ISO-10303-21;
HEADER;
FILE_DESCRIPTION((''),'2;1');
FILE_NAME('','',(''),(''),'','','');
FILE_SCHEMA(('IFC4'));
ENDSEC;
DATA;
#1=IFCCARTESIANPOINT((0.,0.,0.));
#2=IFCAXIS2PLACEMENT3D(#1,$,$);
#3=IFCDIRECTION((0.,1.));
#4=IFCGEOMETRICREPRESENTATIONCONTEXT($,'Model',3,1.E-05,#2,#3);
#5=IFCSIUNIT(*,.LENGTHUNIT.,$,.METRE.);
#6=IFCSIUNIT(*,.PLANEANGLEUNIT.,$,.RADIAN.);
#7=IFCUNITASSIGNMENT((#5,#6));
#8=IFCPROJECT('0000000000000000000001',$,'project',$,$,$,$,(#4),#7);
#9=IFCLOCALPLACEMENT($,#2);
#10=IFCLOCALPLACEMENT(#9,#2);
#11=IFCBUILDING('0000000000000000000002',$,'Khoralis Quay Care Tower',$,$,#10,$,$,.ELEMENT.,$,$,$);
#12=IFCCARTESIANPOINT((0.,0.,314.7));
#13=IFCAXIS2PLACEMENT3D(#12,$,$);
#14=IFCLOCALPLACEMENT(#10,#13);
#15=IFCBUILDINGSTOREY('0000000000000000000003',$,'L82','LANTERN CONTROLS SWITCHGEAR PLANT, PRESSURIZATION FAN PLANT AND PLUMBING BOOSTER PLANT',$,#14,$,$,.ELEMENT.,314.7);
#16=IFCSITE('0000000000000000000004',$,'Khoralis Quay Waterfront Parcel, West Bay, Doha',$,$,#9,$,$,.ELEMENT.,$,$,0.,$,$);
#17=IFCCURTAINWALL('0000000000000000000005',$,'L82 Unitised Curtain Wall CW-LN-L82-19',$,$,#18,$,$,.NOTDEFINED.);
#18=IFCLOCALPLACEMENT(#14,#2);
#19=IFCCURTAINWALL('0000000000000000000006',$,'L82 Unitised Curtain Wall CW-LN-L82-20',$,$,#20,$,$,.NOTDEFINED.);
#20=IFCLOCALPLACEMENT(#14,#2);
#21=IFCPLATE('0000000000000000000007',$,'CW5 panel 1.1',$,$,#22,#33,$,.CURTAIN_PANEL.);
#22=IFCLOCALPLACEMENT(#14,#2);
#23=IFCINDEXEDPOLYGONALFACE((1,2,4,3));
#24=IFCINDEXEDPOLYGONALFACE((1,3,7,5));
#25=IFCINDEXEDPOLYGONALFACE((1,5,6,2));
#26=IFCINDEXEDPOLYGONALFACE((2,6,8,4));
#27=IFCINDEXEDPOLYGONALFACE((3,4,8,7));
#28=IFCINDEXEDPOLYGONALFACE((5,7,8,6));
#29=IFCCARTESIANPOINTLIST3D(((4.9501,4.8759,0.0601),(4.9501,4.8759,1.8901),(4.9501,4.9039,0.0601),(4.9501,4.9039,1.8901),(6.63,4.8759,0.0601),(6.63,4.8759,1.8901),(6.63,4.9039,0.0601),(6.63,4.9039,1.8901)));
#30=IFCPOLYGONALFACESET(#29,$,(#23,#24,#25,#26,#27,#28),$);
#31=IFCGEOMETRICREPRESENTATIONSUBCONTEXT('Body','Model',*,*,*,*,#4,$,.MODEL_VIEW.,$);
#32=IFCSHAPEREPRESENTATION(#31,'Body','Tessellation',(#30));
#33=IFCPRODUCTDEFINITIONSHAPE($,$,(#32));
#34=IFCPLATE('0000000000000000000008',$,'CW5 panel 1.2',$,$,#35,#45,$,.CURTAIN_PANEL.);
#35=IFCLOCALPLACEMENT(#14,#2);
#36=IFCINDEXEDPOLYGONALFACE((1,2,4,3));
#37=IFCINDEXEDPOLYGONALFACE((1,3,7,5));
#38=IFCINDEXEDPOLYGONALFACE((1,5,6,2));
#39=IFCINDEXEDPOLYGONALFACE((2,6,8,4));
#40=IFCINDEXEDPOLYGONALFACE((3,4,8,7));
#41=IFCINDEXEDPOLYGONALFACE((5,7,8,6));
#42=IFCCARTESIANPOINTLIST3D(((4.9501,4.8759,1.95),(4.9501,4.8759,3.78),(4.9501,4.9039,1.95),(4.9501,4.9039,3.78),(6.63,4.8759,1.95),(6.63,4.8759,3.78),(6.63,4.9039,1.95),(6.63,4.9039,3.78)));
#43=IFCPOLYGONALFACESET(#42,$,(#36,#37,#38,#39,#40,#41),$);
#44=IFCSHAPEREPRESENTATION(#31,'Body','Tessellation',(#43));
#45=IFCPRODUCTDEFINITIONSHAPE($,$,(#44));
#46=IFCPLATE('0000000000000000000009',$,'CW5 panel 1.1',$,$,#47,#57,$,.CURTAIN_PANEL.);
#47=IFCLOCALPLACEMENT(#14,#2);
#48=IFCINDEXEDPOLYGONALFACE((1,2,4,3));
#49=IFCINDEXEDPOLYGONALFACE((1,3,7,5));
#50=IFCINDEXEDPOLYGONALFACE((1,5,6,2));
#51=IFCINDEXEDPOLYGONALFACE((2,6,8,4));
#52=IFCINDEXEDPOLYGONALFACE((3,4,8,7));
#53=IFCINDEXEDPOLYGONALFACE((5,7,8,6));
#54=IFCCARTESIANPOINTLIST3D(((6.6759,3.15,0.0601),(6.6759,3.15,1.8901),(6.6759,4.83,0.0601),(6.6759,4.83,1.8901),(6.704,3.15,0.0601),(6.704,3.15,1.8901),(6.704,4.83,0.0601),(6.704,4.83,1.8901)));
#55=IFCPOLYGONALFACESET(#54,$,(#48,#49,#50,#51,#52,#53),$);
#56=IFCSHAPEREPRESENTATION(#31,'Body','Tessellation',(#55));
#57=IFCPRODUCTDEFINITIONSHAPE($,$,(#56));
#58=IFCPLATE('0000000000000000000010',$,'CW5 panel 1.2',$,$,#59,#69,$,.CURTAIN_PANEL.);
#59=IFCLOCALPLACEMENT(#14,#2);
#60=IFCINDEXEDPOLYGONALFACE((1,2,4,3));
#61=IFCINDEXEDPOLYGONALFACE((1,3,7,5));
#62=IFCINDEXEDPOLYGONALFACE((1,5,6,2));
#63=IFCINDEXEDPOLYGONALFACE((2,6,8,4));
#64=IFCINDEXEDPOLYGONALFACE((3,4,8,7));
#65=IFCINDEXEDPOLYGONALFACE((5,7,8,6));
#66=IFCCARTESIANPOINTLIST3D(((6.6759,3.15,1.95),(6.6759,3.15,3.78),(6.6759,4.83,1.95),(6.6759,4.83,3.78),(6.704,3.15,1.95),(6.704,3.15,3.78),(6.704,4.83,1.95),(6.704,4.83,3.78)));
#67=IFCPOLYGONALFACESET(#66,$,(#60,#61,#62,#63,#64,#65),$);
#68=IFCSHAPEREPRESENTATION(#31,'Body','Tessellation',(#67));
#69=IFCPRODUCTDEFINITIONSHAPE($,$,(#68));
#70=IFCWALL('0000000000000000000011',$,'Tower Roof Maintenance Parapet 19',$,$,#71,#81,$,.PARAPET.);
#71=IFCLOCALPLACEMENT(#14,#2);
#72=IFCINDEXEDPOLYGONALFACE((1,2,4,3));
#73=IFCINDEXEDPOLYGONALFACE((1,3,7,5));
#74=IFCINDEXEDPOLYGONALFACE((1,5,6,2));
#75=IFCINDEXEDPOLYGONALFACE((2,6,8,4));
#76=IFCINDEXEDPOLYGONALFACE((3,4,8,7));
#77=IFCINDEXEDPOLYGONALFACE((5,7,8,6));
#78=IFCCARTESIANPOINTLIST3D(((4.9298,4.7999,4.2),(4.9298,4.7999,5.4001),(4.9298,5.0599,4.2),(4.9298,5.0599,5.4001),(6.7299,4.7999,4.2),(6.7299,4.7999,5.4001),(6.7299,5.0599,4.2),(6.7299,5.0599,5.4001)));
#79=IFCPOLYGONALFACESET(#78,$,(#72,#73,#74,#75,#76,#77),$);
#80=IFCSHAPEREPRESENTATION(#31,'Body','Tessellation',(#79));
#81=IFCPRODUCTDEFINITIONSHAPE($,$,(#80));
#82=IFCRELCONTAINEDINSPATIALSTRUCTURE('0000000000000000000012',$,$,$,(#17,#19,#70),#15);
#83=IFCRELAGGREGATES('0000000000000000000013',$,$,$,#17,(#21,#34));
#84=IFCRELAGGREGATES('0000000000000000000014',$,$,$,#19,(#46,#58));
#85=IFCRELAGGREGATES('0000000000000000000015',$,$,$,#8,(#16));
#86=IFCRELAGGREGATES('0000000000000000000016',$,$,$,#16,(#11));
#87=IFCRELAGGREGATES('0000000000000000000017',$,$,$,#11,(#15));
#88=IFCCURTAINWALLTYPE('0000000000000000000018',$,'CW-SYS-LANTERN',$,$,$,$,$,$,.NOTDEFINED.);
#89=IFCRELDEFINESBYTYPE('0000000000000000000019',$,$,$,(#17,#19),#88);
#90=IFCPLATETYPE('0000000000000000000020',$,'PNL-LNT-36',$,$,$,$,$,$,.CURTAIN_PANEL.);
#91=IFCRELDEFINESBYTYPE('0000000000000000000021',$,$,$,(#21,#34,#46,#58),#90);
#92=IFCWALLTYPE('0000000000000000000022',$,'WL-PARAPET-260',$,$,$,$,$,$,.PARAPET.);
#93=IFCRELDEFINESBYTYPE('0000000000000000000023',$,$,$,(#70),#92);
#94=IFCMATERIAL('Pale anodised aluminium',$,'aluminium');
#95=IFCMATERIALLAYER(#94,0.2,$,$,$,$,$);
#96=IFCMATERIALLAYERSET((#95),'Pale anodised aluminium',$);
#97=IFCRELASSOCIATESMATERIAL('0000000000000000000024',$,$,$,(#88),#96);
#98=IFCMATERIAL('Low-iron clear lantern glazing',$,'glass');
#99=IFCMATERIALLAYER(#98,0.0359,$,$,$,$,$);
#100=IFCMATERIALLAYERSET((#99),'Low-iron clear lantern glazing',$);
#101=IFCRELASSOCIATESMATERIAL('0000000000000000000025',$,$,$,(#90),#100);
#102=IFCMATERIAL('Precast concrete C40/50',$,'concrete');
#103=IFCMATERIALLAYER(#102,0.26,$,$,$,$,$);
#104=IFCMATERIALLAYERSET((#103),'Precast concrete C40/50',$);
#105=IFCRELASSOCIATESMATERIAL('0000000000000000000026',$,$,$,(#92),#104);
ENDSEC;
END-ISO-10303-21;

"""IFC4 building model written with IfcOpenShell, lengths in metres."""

from ifc_helpers import new_model, si_unit, direction, frame, frame_2d, origin, origin_2d, place, context, subcontext, project, spatial, rectangle, extrude, source, transform, mapped, material, layer, layer_set, type_object, element, aggregate, save


model = new_model("IFC4")

# Units and contexts
model_context = context("Model", 3, precision=1e-05, world=origin(), true_north=direction((0.0, 1.0)))
body_context = subcontext(model_context, "Body", "Model", "MODEL_VIEW")
ifc_project = project(units=[si_unit("LENGTHUNIT", "METRE"), si_unit("PLANEANGLEUNIT", "RADIAN")], contexts=[model_context])

# Site, building, storey
site_placement = place(None, origin())
site = spatial("IfcSite", under=ifc_project, at=site_placement, Name="Khoralis Quay Waterfront Parcel, West Bay, Doha", CompositionType="ELEMENT", RefElevation=0.0)
building_placement = place(site_placement, origin())
building = spatial("IfcBuilding", under=site, at=building_placement, Name="Khoralis Quay Care Tower", CompositionType="ELEMENT")
storey_placement = place(building_placement, frame((0.0, 0.0, 314.7)))
storey = spatial("IfcBuildingStorey", under=building, at=storey_placement, Name="L82", Description="LANTERN CONTROLS SWITCHGEAR PLANT, PRESSURIZATION FAN PLANT AND PLUMBING BOOSTER PLANT", CompositionType="ELEMENT", Elevation=314.7)

# Curtain wall
ifc_material_1 = material(Name="Pale anodised aluminium", Category="aluminium")
ifc_layer_1 = layer(ifc_material_1, 0.2)
ifc_layer_set_1 = layer_set([ifc_layer_1], Name="Pale anodised aluminium")
curtain_wall_type = type_object("IfcCurtainWallType", Name="CW-SYS-LANTERN", PredefinedType="NOTDEFINED", material=ifc_layer_set_1)
curtain_wall_1_placement = place(storey_placement, origin())
curtain_wall_1 = element("IfcCurtainWall", 1, at=curtain_wall_1_placement, inside=storey, type_object=curtain_wall_type, Name="L82 Unitised Curtain Wall CW-LN-L82-19", PredefinedType="NOTDEFINED")

# Curtain wall
curtain_wall_2_placement = place(storey_placement, origin())
curtain_wall_2 = element("IfcCurtainWall", 2, at=curtain_wall_2_placement, inside=storey, type_object=curtain_wall_type, Name="L82 Unitised Curtain Wall CW-LN-L82-20", PredefinedType="NOTDEFINED")

# Plates
ifc_material_2 = material(Name="Low-iron clear lantern glazing", Category="glass")
ifc_layer_2 = layer(ifc_material_2, 0.0359)
ifc_layer_set_2 = layer_set([ifc_layer_2], Name="Low-iron clear lantern glazing")
plate_type = type_object("IfcPlateType", Name="PNL-LNT-36", PredefinedType="CURTAIN_PANEL", material=ifc_layer_set_2)
shared_shape_1 = source(origin(), body_context, "Body", "SweptSolid", [
    extrude(rectangle(XDim=1.6799, YDim=0.0281, at=origin_2d()), origin(), (0.0, 0.0, 1.0), 1.8301),
])
plate_1_placement = place(storey_placement, frame((5.79, 4.8899, 0.0601), z_axis=(0.0, 0.0, 1.0), x_axis=(1.0, 0.0, 0.0)))
plate_1 = element("IfcPlate", 3, at=plate_1_placement, type_object=plate_type, Name="CW5 panel 1.1", PredefinedType="CURTAIN_PANEL", context=body_context, shape_type="MappedRepresentation", body=[
    mapped(shared_shape_1, transform((0.0, 0.0, 0.0), scale=1.0)),
])
plate_2_placement = place(storey_placement, frame((5.79, 4.8899, 1.95), z_axis=(0.0, 0.0, 1.0), x_axis=(1.0, 0.0, 0.0)))
plate_2 = element("IfcPlate", 4, at=plate_2_placement, type_object=plate_type, Name="CW5 panel 1.2", PredefinedType="CURTAIN_PANEL", context=body_context, shape_type="MappedRepresentation", body=[
    mapped(shared_shape_1, transform((0.0, 0.0, 0.0), scale=1.0)),
])
aggregate(curtain_wall_1, [plate_1, plate_2])
plate_3_placement = place(storey_placement, frame((6.6899, 3.99, 0.0601), z_axis=(0.0, 0.0, 1.0), x_axis=(0.0, -1.0, 0.0)))
plate_3 = element("IfcPlate", 5, at=plate_3_placement, type_object=plate_type, Name="CW5 panel 1.1", PredefinedType="CURTAIN_PANEL", context=body_context, shape_type="MappedRepresentation", body=[
    mapped(shared_shape_1, transform((0.0, 0.0, 0.0), scale=1.0)),
])
plate_4_placement = place(storey_placement, frame((6.6899, 3.99, 1.95), z_axis=(0.0, 0.0, 1.0), x_axis=(0.0, -1.0, 0.0)))
plate_4 = element("IfcPlate", 6, at=plate_4_placement, type_object=plate_type, Name="CW5 panel 1.2", PredefinedType="CURTAIN_PANEL", context=body_context, shape_type="MappedRepresentation", body=[
    mapped(shared_shape_1, transform((0.0, 0.0, 0.0), scale=1.0)),
])
aggregate(curtain_wall_2, [plate_3, plate_4])

# Wall
ifc_material_3 = material(Name="Precast concrete C40/50", Category="concrete")
ifc_layer_3 = layer(ifc_material_3, 0.26)
ifc_layer_set_3 = layer_set([ifc_layer_3], Name="Precast concrete C40/50")
wall_type = type_object("IfcWallType", Name="WL-PARAPET-260", PredefinedType="PARAPET", material=ifc_layer_set_3)
wall_placement = place(storey_placement, frame((4.9299, 4.9299, 4.2), z_axis=(0.0, 0.0, 1.0), x_axis=(1.0, 0.0, 0.0)))
element("IfcWall", 7, at=wall_placement, inside=storey, type_object=wall_type, Name="Tower Roof Maintenance Parapet 19", PredefinedType="PARAPET", context=body_context, shape_type="SweptSolid", body=[
    extrude(rectangle(XDim=1.8, YDim=0.26, at=frame_2d((0.8999, 0.0))), origin(), (0.0, 0.0, 1.0), 1.2002),
])

save(model, "model.ifc")
